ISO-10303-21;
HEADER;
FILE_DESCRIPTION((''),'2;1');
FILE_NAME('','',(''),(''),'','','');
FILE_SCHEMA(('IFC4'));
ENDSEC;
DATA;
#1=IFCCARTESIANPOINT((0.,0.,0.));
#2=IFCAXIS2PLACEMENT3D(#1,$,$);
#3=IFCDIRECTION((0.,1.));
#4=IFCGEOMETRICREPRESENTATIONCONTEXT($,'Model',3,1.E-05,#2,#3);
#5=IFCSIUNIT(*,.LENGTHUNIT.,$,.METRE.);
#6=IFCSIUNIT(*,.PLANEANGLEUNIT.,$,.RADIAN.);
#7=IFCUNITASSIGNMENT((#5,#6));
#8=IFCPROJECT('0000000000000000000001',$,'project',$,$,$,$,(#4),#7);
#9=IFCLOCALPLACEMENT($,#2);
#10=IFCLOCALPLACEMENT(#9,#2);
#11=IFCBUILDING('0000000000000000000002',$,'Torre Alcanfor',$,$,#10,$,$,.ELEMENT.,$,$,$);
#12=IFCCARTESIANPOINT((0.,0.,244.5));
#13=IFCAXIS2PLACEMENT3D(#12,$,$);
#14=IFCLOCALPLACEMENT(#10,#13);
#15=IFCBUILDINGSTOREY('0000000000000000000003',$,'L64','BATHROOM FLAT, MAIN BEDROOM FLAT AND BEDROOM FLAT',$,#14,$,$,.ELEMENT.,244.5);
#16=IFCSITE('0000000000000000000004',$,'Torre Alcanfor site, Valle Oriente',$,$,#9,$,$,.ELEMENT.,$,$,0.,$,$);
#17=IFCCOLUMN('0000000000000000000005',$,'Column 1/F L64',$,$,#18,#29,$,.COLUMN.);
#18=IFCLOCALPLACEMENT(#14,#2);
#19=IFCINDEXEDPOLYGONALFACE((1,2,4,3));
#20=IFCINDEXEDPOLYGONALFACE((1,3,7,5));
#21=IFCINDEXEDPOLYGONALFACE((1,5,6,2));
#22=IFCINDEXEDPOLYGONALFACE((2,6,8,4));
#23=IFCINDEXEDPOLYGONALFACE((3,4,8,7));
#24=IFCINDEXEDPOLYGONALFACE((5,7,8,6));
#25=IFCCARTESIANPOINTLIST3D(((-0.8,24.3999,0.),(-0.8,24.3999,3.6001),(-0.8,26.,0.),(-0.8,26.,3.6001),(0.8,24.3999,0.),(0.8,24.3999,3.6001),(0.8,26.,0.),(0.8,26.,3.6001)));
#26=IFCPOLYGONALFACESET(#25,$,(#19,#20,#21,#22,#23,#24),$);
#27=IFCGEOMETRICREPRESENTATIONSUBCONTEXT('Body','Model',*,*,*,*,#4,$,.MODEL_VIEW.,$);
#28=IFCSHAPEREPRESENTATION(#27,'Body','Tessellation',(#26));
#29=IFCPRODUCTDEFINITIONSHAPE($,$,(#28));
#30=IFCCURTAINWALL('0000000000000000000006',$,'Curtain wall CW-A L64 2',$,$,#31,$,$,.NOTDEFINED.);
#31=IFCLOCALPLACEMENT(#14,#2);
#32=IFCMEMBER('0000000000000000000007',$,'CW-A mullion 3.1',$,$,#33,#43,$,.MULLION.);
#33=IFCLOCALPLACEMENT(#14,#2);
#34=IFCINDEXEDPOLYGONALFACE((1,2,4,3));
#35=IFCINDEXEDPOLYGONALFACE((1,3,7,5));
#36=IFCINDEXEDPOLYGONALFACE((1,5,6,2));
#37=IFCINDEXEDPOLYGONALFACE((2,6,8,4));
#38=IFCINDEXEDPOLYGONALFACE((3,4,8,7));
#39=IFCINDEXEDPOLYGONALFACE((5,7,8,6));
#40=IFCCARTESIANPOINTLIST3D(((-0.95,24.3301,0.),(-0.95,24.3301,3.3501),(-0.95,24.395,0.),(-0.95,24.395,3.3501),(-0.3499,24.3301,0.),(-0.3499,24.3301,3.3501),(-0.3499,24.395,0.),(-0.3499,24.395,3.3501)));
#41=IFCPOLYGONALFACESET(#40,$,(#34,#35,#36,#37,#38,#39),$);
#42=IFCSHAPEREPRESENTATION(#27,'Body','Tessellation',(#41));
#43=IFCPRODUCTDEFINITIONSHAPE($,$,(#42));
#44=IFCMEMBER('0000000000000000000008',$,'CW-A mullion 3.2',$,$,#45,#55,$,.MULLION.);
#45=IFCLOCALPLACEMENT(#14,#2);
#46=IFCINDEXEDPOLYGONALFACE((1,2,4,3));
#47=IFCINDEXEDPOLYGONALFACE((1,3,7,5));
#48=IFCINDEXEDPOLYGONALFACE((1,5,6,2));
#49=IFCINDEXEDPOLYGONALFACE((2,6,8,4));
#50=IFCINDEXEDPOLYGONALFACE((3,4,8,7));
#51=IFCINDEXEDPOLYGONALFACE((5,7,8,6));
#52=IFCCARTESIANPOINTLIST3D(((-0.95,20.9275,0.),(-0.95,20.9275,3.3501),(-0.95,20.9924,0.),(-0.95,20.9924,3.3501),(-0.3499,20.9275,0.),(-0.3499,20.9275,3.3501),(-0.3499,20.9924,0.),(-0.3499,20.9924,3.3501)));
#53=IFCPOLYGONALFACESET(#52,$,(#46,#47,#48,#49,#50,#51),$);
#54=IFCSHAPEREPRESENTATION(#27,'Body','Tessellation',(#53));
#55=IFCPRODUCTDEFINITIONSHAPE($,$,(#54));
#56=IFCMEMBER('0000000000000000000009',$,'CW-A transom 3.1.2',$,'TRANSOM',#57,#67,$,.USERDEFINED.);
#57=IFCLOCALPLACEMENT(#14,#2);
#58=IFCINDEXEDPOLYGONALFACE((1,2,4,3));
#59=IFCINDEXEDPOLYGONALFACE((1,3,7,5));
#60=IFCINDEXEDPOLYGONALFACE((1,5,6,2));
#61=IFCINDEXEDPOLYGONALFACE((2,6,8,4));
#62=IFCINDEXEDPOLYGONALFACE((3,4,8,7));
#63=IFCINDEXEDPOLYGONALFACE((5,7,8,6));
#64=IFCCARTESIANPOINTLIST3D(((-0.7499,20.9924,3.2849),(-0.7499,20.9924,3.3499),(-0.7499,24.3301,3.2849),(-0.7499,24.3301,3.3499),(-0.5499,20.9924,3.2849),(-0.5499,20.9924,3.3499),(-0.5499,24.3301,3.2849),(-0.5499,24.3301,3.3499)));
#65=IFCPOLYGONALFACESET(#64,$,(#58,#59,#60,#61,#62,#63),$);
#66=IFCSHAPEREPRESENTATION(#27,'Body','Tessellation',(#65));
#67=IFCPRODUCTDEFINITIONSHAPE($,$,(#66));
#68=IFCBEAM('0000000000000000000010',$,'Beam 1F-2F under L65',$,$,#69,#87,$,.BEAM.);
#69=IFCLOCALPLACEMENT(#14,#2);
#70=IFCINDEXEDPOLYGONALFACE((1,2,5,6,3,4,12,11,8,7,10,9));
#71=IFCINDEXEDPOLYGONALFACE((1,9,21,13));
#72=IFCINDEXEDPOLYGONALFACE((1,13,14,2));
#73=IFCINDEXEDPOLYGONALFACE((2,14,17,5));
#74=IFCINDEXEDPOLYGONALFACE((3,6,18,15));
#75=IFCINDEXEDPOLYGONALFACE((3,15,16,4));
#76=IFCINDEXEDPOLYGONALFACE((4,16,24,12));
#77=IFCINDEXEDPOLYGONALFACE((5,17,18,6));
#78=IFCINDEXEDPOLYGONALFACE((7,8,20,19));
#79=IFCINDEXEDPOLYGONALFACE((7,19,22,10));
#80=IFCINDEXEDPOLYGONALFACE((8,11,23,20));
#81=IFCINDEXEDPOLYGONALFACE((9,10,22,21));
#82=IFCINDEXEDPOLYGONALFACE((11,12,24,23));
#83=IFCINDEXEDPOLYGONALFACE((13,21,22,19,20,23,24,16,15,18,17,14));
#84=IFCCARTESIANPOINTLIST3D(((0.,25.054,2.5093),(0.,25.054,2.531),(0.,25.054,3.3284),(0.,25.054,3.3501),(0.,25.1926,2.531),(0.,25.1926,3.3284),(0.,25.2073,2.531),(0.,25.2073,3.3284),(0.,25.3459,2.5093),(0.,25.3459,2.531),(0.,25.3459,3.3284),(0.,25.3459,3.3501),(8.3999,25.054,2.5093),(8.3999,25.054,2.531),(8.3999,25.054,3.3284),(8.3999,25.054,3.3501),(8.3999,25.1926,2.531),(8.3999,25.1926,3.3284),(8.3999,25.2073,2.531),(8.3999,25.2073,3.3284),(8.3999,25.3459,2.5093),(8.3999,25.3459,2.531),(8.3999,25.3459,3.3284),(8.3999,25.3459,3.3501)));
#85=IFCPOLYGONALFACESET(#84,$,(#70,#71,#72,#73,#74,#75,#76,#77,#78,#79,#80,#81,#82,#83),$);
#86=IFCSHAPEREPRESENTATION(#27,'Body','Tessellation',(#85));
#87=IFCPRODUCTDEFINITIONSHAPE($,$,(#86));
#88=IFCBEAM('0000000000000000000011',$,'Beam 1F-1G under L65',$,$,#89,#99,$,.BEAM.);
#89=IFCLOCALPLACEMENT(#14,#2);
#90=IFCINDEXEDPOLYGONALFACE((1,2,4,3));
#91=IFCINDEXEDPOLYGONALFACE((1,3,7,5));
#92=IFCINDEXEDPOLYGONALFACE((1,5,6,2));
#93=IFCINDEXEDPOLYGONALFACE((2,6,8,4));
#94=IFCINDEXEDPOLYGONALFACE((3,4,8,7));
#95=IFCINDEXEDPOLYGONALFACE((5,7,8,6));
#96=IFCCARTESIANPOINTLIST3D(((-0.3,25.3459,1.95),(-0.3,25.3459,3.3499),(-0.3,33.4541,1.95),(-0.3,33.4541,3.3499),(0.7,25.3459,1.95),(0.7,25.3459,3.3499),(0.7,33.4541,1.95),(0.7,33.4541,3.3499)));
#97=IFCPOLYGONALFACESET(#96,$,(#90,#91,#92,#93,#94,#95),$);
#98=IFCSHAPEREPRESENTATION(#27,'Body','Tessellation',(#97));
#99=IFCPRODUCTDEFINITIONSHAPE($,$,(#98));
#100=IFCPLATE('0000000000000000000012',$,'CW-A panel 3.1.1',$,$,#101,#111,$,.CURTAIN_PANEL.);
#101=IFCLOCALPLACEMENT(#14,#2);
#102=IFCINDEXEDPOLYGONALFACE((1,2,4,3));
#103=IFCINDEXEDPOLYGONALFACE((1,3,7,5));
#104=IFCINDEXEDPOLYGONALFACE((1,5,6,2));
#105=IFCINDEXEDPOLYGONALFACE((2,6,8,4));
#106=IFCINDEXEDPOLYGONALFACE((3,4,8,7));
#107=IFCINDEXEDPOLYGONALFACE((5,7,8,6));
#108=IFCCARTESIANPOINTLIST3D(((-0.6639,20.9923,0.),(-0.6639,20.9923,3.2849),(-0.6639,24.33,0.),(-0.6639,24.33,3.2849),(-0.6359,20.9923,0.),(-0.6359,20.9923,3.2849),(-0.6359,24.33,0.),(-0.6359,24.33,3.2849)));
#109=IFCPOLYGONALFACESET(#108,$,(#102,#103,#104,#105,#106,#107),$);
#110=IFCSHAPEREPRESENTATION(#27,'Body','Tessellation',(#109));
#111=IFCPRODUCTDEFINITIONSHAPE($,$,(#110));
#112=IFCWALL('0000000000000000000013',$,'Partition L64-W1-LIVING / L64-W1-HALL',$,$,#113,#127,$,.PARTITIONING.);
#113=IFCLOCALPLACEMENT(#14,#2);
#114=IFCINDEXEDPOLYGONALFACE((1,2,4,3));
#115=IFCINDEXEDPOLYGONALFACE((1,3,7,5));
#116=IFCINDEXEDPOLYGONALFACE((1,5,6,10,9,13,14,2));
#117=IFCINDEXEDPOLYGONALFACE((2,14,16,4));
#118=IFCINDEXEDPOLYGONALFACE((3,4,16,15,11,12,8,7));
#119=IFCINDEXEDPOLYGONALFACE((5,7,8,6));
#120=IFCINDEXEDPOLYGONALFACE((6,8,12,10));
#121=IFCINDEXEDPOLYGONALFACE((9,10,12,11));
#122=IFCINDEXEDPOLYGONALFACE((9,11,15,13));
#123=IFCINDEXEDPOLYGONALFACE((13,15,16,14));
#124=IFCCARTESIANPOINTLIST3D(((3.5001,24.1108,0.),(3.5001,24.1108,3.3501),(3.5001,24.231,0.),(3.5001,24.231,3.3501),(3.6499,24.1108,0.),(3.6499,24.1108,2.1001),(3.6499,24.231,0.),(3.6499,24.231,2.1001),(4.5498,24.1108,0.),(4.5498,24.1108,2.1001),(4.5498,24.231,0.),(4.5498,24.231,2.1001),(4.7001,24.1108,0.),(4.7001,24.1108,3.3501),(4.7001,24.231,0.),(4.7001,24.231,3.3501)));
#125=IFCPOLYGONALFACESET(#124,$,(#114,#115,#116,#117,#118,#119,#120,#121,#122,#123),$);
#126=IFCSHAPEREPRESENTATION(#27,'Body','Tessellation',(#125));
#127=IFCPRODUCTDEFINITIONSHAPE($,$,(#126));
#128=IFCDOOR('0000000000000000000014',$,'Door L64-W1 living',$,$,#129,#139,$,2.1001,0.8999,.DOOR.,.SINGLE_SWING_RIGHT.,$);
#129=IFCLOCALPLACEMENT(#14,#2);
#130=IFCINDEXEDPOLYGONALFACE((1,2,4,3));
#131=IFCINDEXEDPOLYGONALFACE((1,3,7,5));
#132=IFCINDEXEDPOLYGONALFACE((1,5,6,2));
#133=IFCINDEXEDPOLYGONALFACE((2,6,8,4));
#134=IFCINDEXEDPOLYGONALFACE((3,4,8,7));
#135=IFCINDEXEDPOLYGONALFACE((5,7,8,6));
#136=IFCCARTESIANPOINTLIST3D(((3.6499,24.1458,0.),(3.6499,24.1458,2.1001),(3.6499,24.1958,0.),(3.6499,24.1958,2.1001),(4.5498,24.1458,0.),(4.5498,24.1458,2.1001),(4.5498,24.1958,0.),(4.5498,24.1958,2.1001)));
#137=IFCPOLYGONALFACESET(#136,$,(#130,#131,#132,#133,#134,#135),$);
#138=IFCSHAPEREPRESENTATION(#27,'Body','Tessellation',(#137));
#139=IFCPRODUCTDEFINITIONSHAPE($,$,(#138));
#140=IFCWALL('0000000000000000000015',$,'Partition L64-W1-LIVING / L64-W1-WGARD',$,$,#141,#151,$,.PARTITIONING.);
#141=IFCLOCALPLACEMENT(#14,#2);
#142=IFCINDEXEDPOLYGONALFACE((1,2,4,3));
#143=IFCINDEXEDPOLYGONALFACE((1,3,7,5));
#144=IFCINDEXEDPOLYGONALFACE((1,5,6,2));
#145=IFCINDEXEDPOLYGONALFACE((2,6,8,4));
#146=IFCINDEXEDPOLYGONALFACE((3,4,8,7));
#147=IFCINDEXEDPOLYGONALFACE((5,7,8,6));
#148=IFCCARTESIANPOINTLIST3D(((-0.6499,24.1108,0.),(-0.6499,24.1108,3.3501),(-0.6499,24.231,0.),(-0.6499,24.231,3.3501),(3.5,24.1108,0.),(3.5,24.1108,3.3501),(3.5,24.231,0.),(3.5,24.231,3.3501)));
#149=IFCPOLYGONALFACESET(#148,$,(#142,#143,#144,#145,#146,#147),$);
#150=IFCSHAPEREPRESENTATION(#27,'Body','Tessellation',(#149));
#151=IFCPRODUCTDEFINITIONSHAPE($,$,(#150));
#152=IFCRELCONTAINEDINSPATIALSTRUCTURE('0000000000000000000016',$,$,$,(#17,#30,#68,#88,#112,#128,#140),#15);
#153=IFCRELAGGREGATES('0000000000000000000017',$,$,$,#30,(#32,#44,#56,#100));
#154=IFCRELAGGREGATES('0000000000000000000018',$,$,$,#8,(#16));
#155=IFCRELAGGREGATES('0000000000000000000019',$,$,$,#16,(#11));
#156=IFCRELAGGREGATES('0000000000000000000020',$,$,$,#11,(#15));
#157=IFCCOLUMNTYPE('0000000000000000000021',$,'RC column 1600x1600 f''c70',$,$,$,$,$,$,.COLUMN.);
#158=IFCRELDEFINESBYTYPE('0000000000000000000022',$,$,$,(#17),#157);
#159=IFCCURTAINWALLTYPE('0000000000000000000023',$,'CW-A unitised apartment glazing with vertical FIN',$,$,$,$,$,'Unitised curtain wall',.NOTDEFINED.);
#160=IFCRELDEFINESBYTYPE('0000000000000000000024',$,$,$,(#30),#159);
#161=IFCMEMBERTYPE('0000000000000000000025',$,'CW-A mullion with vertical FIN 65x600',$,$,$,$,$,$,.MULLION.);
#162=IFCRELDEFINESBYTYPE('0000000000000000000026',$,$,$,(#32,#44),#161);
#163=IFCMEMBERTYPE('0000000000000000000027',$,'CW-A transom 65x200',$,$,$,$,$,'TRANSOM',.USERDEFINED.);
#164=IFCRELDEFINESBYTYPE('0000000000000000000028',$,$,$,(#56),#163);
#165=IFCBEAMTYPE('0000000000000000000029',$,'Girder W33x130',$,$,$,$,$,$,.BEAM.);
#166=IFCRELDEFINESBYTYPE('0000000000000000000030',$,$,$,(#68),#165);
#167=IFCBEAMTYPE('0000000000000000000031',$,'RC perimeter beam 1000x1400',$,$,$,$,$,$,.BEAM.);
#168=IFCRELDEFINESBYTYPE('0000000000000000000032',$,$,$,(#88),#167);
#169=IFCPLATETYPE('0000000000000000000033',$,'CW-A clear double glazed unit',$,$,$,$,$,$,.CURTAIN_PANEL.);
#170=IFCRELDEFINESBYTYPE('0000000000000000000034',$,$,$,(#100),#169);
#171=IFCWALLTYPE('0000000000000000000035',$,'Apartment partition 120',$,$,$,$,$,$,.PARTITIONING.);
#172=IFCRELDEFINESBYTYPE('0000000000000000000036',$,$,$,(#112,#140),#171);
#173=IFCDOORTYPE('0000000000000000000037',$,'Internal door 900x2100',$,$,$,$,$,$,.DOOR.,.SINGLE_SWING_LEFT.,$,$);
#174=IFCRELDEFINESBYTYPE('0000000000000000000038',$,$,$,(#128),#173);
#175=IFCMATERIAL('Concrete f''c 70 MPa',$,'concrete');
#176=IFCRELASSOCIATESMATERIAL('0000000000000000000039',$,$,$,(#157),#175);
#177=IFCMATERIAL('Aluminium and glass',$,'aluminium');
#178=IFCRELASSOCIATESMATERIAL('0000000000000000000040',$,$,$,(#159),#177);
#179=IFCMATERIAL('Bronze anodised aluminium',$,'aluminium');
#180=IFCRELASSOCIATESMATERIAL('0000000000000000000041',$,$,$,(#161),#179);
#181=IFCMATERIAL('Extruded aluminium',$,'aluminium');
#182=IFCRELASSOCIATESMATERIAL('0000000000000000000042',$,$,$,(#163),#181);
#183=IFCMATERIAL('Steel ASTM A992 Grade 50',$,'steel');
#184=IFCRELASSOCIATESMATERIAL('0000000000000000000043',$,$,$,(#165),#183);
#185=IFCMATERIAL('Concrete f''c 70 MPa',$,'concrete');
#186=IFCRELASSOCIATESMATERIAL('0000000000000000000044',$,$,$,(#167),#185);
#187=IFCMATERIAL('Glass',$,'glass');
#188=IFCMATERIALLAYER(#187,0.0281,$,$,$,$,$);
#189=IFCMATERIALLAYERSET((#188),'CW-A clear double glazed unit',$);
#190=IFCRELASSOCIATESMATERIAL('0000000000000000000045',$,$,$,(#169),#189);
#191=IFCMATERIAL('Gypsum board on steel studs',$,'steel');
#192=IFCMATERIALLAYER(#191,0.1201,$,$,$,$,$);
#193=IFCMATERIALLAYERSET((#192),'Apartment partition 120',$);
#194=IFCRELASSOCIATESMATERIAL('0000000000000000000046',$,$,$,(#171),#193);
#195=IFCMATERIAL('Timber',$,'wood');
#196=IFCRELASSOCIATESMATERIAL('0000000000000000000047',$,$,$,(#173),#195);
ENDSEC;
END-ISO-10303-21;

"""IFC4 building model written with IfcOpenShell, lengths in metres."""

from ifc_helpers import new_model, si_unit, direction, frame, frame_2d, origin, origin_2d, place, context, subcontext, project, spatial, rectangle, i_section, extrude, material, layer, layer_set, material_profile, profile_set, type_object, element, fill, aggregate, save


model = new_model("IFC4")

# Units and contexts
model_context = context("Model", 3, precision=1e-05, world=origin(), true_north=direction((0.0, 1.0)))
body_context = subcontext(model_context, "Body", "Model", "MODEL_VIEW")
ifc_project = project(units=[si_unit("LENGTHUNIT", "METRE"), si_unit("PLANEANGLEUNIT", "RADIAN")], contexts=[model_context])

# Site, building, storey
site_placement = place(None, origin())
site = spatial("IfcSite", under=ifc_project, at=site_placement, Name="Torre Alcanfor site, Valle Oriente", CompositionType="ELEMENT", RefElevation=0.0)
building_placement = place(site_placement, origin())
building = spatial("IfcBuilding", under=site, at=building_placement, Name="Torre Alcanfor", CompositionType="ELEMENT")
storey_placement = place(building_placement, frame((0.0, 0.0, 244.5)))
storey = spatial("IfcBuildingStorey", under=building, at=storey_placement, Name="L64", Description="BATHROOM FLAT, MAIN BEDROOM FLAT AND BEDROOM FLAT", CompositionType="ELEMENT", Elevation=244.5)

# Column
ifc_material_1 = material(Name="Concrete f'c 70 MPa", Category="concrete")
ifc_material_profile_1 = material_profile(ifc_material_1, rectangle(XDim=1.6001, YDim=1.6001, at=origin_2d()), Name="1600x1600")
ifc_profile_set_1 = profile_set([ifc_material_profile_1], Name="Concrete f'c 70 MPa")
column_type = type_object("IfcColumnType", Name="RC column 1600x1600 f'c70", PredefinedType="COLUMN", material=ifc_profile_set_1)
column_placement = place(storey_placement, frame((0.0, 25.2, 0.0), z_axis=(0.0, 0.0, 1.0), x_axis=(1.0, 0.0, 0.0)))
element("IfcColumn", 1, at=column_placement, inside=storey, type_object=column_type, Name="Column 1/F L64", PredefinedType="COLUMN", context=body_context, shape_type="SweptSolid", body=[
    extrude(rectangle(XDim=1.6001, YDim=1.6001, at=origin_2d()), origin(), (0.0, 0.0, 1.0), 3.6001),
])

# Curtain wall, members
ifc_material_2 = material(Name="Aluminium and glass", Category="aluminium")
curtain_wall_type = type_object("IfcCurtainWallType", Name="CW-A unitised apartment glazing with vertical FIN", ElementType="Unitised curtain wall", PredefinedType="NOTDEFINED", material=ifc_material_2)
curtain_wall_placement = place(storey_placement, origin())
curtain_wall = element("IfcCurtainWall", 2, at=curtain_wall_placement, inside=storey, type_object=curtain_wall_type, Name="Curtain wall CW-A L64 2", PredefinedType="NOTDEFINED")
ifc_material_3 = material(Name="Bronze anodised aluminium", Category="aluminium")
ifc_material_profile_2 = material_profile(ifc_material_3, rectangle(XDim=0.6001, YDim=0.0649, at=origin_2d()), Name="CW-A mullion 65x600")
ifc_profile_set_2 = profile_set([ifc_material_profile_2], Name="Bronze anodised aluminium")
member_type_1 = type_object("IfcMemberType", Name="CW-A mullion with vertical FIN 65x600", PredefinedType="MULLION", material=ifc_profile_set_2)
member_1_placement = place(storey_placement, frame((-0.6499, 24.3625, 0.0), z_axis=(0.0, 0.0, 1.0), x_axis=(1.0, 0.0, 0.0)))
member_1 = element("IfcMember", 3, at=member_1_placement, type_object=member_type_1, Name="CW-A mullion 3.1", PredefinedType="MULLION", context=body_context, shape_type="SweptSolid", body=[
    extrude(rectangle(XDim=0.6001, YDim=0.0649, at=origin_2d()), origin(), (0.0, 0.0, 1.0), 3.3501),
])
member_2_placement = place(storey_placement, frame((-0.6499, 20.96, 0.0), z_axis=(0.0, 0.0, 1.0), x_axis=(1.0, 0.0, 0.0)))
member_2 = element("IfcMember", 4, at=member_2_placement, type_object=member_type_1, Name="CW-A mullion 3.2", PredefinedType="MULLION", context=body_context, shape_type="SweptSolid", body=[
    extrude(rectangle(XDim=0.6001, YDim=0.0649, at=origin_2d()), origin(), (0.0, 0.0, 1.0), 3.3501),
])
ifc_material_4 = material(Name="Extruded aluminium", Category="aluminium")
ifc_material_profile_3 = material_profile(ifc_material_4, rectangle(XDim=0.2, YDim=0.0649, at=origin_2d()), Name="CW-A transom 200x65")
ifc_profile_set_3 = profile_set([ifc_material_profile_3], Name="Extruded aluminium")
member_type_2 = type_object("IfcMemberType", Name="CW-A transom 65x200", ElementType="TRANSOM", PredefinedType="USERDEFINED", material=ifc_profile_set_3)
member_3_placement = place(storey_placement, frame((-0.6499, 24.3301, 3.3174), z_axis=(0.0, -1.0, 0.0), x_axis=(1.0, 0.0, 0.0)))
member_3 = element("IfcMember", 5, at=member_3_placement, type_object=member_type_2, Name="CW-A transom 3.1.2", ObjectType="TRANSOM", PredefinedType="USERDEFINED", context=body_context, shape_type="SweptSolid", body=[
    extrude(rectangle(XDim=0.2, YDim=0.0649, at=origin_2d()), origin(), (0.0, 0.0, 1.0), 3.3376),
])

# Beams
ifc_material_5 = material(Name="Steel ASTM A992 Grade 50", Category="steel")
ifc_material_profile_4 = material_profile(ifc_material_5, i_section(OverallWidth=0.292, OverallDepth=0.8408, WebThickness=0.0146, FlangeThickness=0.0217, at=origin_2d()), Name="W33x130")
ifc_profile_set_4 = profile_set([ifc_material_profile_4], Name="Steel ASTM A992 Grade 50")
beam_type_1 = type_object("IfcBeamType", Name="Girder W33x130", PredefinedType="BEAM", material=ifc_profile_set_4)
beam_1_placement = place(storey_placement, frame((0.0, 25.2, 2.9297), z_axis=(1.0, 0.0, 0.0), x_axis=(0.0, 1.0, 0.0)))
element("IfcBeam", 6, at=beam_1_placement, inside=storey, type_object=beam_type_1, Name="Beam 1F-2F under L65", PredefinedType="BEAM", context=body_context, shape_type="SweptSolid", body=[
    extrude(i_section(OverallWidth=0.292, OverallDepth=0.8408, WebThickness=0.0146, FlangeThickness=0.0217, at=origin_2d()), origin(), (0.0, 0.0, 1.0), 8.3999),
])
ifc_material_6 = material(Name="Concrete f'c 70 MPa", Category="concrete")
ifc_material_profile_5 = material_profile(ifc_material_6, rectangle(XDim=1.0, YDim=1.3999, at=origin_2d()), Name="1000x1400")
ifc_profile_set_5 = profile_set([ifc_material_profile_5], Name="Concrete f'c 70 MPa")
beam_type_2 = type_object("IfcBeamType", Name="RC perimeter beam 1000x1400", PredefinedType="BEAM", material=ifc_profile_set_5)
beam_2_placement = place(storey_placement, frame((0.2, 25.3459, 2.6499), z_axis=(0.0, 1.0, 0.0), x_axis=(-1.0, 0.0, 0.0)))
element("IfcBeam", 7, at=beam_2_placement, inside=storey, type_object=beam_type_2, Name="Beam 1F-1G under L65", PredefinedType="BEAM", context=body_context, shape_type="SweptSolid", body=[
    extrude(rectangle(XDim=1.0, YDim=1.3999, at=origin_2d()), origin(), (0.0, 0.0, 1.0), 8.1082),
])

# Plate
ifc_material_7 = material(Name="Glass", Category="glass")
ifc_layer_1 = layer(ifc_material_7, 0.0281)
ifc_layer_set_1 = layer_set([ifc_layer_1], Name="CW-A clear double glazed unit")
plate_type = type_object("IfcPlateType", Name="CW-A clear double glazed unit", PredefinedType="CURTAIN_PANEL", material=ifc_layer_set_1)
plate_placement = place(storey_placement, frame((-0.6499, 22.6611, 0.0), z_axis=(0.0, 0.0, 1.0), x_axis=(0.0, -1.0, 0.0)))
plate = element("IfcPlate", 8, at=plate_placement, type_object=plate_type, Name="CW-A panel 3.1.1", PredefinedType="CURTAIN_PANEL", context=body_context, shape_type="SweptSolid", body=[
    extrude(rectangle(XDim=3.3376, YDim=0.0281, at=origin_2d()), origin(), (0.0, 0.0, 1.0), 3.2849),
])
aggregate(curtain_wall, [member_1, member_2, member_3, plate])

# Wall, opening, door
ifc_material_8 = material(Name="Gypsum board on steel studs", Category="steel")
ifc_layer_2 = layer(ifc_material_8, 0.1201)
ifc_layer_set_2 = layer_set([ifc_layer_2], Name="Apartment partition 120")
wall_type = type_object("IfcWallType", Name="Apartment partition 120", PredefinedType="PARTITIONING", material=ifc_layer_set_2)
wall_1_placement = place(storey_placement, frame((3.5, 24.1709, 0.0), z_axis=(0.0, 0.0, 1.0), x_axis=(1.0, 0.0, 0.0)))
wall_1 = element("IfcWall", 9, at=wall_1_placement, inside=storey, type_object=wall_type, Name="Partition L64-W1-LIVING / L64-W1-HALL", PredefinedType="PARTITIONING", context=body_context, shape_type="SweptSolid", body=[
    extrude(rectangle(XDim=1.2, YDim=0.1201, at=frame_2d((0.6001, 0.0))), origin(), (0.0, 0.0, 1.0), 3.3501),
])
opening_1_placement = place(wall_1_placement, frame((0.1499, 0.0, 0.0)))
opening_1 = element("IfcOpeningElement", 10, at=opening_1_placement, cuts=wall_1, PredefinedType="OPENING", context=body_context, shape_type="SweptSolid", body=[
    extrude(rectangle(XDim=0.8999, YDim=2.1001, at=frame_2d((0.45, 1.05))), frame((0.0, 0.0701, 0.0), z_axis=(0.0, -1.0, 0.0), x_axis=(1.0, 0.0, 0.0)), (0.0, 0.0, 1.0), 0.1401),
])
ifc_material_9 = material(Name="Timber", Category="wood")
door_type = type_object("IfcDoorType", Name="Internal door 900x2100", OperationType="SINGLE_SWING_LEFT", PredefinedType="DOOR", material=ifc_material_9)
door_1_placement = place(opening_1_placement, origin())
door_1 = element("IfcDoor", 11, at=door_1_placement, inside=storey, type_object=door_type, Name="Door L64-W1 living", OperationType="SINGLE_SWING_RIGHT", OverallHeight=2.1001, OverallWidth=0.8999, PredefinedType="DOOR", context=body_context, shape_type="SweptSolid", body=[
    extrude(rectangle(XDim=0.8999, YDim=2.1001, at=frame_2d((0.45, 1.05))), frame((0.0, 0.0249, 0.0), z_axis=(0.0, -1.0, 0.0), x_axis=(1.0, 0.0, 0.0)), (0.0, 0.0, 1.0), 0.05),
])
fill(opening_1, door_1)

# Wall
wall_2_placement = place(storey_placement, frame((-0.6499, 24.1709, 0.0), z_axis=(0.0, 0.0, 1.0), x_axis=(1.0, 0.0, 0.0)))
element("IfcWall", 12, at=wall_2_placement, inside=storey, type_object=wall_type, Name="Partition L64-W1-LIVING / L64-W1-WGARD", PredefinedType="PARTITIONING", context=body_context, shape_type="SweptSolid", body=[
    extrude(rectangle(XDim=4.1499, YDim=0.1201, at=frame_2d((2.075, 0.0))), origin(), (0.0, 0.0, 1.0), 3.3501),
])

save(model, "model.ifc")
